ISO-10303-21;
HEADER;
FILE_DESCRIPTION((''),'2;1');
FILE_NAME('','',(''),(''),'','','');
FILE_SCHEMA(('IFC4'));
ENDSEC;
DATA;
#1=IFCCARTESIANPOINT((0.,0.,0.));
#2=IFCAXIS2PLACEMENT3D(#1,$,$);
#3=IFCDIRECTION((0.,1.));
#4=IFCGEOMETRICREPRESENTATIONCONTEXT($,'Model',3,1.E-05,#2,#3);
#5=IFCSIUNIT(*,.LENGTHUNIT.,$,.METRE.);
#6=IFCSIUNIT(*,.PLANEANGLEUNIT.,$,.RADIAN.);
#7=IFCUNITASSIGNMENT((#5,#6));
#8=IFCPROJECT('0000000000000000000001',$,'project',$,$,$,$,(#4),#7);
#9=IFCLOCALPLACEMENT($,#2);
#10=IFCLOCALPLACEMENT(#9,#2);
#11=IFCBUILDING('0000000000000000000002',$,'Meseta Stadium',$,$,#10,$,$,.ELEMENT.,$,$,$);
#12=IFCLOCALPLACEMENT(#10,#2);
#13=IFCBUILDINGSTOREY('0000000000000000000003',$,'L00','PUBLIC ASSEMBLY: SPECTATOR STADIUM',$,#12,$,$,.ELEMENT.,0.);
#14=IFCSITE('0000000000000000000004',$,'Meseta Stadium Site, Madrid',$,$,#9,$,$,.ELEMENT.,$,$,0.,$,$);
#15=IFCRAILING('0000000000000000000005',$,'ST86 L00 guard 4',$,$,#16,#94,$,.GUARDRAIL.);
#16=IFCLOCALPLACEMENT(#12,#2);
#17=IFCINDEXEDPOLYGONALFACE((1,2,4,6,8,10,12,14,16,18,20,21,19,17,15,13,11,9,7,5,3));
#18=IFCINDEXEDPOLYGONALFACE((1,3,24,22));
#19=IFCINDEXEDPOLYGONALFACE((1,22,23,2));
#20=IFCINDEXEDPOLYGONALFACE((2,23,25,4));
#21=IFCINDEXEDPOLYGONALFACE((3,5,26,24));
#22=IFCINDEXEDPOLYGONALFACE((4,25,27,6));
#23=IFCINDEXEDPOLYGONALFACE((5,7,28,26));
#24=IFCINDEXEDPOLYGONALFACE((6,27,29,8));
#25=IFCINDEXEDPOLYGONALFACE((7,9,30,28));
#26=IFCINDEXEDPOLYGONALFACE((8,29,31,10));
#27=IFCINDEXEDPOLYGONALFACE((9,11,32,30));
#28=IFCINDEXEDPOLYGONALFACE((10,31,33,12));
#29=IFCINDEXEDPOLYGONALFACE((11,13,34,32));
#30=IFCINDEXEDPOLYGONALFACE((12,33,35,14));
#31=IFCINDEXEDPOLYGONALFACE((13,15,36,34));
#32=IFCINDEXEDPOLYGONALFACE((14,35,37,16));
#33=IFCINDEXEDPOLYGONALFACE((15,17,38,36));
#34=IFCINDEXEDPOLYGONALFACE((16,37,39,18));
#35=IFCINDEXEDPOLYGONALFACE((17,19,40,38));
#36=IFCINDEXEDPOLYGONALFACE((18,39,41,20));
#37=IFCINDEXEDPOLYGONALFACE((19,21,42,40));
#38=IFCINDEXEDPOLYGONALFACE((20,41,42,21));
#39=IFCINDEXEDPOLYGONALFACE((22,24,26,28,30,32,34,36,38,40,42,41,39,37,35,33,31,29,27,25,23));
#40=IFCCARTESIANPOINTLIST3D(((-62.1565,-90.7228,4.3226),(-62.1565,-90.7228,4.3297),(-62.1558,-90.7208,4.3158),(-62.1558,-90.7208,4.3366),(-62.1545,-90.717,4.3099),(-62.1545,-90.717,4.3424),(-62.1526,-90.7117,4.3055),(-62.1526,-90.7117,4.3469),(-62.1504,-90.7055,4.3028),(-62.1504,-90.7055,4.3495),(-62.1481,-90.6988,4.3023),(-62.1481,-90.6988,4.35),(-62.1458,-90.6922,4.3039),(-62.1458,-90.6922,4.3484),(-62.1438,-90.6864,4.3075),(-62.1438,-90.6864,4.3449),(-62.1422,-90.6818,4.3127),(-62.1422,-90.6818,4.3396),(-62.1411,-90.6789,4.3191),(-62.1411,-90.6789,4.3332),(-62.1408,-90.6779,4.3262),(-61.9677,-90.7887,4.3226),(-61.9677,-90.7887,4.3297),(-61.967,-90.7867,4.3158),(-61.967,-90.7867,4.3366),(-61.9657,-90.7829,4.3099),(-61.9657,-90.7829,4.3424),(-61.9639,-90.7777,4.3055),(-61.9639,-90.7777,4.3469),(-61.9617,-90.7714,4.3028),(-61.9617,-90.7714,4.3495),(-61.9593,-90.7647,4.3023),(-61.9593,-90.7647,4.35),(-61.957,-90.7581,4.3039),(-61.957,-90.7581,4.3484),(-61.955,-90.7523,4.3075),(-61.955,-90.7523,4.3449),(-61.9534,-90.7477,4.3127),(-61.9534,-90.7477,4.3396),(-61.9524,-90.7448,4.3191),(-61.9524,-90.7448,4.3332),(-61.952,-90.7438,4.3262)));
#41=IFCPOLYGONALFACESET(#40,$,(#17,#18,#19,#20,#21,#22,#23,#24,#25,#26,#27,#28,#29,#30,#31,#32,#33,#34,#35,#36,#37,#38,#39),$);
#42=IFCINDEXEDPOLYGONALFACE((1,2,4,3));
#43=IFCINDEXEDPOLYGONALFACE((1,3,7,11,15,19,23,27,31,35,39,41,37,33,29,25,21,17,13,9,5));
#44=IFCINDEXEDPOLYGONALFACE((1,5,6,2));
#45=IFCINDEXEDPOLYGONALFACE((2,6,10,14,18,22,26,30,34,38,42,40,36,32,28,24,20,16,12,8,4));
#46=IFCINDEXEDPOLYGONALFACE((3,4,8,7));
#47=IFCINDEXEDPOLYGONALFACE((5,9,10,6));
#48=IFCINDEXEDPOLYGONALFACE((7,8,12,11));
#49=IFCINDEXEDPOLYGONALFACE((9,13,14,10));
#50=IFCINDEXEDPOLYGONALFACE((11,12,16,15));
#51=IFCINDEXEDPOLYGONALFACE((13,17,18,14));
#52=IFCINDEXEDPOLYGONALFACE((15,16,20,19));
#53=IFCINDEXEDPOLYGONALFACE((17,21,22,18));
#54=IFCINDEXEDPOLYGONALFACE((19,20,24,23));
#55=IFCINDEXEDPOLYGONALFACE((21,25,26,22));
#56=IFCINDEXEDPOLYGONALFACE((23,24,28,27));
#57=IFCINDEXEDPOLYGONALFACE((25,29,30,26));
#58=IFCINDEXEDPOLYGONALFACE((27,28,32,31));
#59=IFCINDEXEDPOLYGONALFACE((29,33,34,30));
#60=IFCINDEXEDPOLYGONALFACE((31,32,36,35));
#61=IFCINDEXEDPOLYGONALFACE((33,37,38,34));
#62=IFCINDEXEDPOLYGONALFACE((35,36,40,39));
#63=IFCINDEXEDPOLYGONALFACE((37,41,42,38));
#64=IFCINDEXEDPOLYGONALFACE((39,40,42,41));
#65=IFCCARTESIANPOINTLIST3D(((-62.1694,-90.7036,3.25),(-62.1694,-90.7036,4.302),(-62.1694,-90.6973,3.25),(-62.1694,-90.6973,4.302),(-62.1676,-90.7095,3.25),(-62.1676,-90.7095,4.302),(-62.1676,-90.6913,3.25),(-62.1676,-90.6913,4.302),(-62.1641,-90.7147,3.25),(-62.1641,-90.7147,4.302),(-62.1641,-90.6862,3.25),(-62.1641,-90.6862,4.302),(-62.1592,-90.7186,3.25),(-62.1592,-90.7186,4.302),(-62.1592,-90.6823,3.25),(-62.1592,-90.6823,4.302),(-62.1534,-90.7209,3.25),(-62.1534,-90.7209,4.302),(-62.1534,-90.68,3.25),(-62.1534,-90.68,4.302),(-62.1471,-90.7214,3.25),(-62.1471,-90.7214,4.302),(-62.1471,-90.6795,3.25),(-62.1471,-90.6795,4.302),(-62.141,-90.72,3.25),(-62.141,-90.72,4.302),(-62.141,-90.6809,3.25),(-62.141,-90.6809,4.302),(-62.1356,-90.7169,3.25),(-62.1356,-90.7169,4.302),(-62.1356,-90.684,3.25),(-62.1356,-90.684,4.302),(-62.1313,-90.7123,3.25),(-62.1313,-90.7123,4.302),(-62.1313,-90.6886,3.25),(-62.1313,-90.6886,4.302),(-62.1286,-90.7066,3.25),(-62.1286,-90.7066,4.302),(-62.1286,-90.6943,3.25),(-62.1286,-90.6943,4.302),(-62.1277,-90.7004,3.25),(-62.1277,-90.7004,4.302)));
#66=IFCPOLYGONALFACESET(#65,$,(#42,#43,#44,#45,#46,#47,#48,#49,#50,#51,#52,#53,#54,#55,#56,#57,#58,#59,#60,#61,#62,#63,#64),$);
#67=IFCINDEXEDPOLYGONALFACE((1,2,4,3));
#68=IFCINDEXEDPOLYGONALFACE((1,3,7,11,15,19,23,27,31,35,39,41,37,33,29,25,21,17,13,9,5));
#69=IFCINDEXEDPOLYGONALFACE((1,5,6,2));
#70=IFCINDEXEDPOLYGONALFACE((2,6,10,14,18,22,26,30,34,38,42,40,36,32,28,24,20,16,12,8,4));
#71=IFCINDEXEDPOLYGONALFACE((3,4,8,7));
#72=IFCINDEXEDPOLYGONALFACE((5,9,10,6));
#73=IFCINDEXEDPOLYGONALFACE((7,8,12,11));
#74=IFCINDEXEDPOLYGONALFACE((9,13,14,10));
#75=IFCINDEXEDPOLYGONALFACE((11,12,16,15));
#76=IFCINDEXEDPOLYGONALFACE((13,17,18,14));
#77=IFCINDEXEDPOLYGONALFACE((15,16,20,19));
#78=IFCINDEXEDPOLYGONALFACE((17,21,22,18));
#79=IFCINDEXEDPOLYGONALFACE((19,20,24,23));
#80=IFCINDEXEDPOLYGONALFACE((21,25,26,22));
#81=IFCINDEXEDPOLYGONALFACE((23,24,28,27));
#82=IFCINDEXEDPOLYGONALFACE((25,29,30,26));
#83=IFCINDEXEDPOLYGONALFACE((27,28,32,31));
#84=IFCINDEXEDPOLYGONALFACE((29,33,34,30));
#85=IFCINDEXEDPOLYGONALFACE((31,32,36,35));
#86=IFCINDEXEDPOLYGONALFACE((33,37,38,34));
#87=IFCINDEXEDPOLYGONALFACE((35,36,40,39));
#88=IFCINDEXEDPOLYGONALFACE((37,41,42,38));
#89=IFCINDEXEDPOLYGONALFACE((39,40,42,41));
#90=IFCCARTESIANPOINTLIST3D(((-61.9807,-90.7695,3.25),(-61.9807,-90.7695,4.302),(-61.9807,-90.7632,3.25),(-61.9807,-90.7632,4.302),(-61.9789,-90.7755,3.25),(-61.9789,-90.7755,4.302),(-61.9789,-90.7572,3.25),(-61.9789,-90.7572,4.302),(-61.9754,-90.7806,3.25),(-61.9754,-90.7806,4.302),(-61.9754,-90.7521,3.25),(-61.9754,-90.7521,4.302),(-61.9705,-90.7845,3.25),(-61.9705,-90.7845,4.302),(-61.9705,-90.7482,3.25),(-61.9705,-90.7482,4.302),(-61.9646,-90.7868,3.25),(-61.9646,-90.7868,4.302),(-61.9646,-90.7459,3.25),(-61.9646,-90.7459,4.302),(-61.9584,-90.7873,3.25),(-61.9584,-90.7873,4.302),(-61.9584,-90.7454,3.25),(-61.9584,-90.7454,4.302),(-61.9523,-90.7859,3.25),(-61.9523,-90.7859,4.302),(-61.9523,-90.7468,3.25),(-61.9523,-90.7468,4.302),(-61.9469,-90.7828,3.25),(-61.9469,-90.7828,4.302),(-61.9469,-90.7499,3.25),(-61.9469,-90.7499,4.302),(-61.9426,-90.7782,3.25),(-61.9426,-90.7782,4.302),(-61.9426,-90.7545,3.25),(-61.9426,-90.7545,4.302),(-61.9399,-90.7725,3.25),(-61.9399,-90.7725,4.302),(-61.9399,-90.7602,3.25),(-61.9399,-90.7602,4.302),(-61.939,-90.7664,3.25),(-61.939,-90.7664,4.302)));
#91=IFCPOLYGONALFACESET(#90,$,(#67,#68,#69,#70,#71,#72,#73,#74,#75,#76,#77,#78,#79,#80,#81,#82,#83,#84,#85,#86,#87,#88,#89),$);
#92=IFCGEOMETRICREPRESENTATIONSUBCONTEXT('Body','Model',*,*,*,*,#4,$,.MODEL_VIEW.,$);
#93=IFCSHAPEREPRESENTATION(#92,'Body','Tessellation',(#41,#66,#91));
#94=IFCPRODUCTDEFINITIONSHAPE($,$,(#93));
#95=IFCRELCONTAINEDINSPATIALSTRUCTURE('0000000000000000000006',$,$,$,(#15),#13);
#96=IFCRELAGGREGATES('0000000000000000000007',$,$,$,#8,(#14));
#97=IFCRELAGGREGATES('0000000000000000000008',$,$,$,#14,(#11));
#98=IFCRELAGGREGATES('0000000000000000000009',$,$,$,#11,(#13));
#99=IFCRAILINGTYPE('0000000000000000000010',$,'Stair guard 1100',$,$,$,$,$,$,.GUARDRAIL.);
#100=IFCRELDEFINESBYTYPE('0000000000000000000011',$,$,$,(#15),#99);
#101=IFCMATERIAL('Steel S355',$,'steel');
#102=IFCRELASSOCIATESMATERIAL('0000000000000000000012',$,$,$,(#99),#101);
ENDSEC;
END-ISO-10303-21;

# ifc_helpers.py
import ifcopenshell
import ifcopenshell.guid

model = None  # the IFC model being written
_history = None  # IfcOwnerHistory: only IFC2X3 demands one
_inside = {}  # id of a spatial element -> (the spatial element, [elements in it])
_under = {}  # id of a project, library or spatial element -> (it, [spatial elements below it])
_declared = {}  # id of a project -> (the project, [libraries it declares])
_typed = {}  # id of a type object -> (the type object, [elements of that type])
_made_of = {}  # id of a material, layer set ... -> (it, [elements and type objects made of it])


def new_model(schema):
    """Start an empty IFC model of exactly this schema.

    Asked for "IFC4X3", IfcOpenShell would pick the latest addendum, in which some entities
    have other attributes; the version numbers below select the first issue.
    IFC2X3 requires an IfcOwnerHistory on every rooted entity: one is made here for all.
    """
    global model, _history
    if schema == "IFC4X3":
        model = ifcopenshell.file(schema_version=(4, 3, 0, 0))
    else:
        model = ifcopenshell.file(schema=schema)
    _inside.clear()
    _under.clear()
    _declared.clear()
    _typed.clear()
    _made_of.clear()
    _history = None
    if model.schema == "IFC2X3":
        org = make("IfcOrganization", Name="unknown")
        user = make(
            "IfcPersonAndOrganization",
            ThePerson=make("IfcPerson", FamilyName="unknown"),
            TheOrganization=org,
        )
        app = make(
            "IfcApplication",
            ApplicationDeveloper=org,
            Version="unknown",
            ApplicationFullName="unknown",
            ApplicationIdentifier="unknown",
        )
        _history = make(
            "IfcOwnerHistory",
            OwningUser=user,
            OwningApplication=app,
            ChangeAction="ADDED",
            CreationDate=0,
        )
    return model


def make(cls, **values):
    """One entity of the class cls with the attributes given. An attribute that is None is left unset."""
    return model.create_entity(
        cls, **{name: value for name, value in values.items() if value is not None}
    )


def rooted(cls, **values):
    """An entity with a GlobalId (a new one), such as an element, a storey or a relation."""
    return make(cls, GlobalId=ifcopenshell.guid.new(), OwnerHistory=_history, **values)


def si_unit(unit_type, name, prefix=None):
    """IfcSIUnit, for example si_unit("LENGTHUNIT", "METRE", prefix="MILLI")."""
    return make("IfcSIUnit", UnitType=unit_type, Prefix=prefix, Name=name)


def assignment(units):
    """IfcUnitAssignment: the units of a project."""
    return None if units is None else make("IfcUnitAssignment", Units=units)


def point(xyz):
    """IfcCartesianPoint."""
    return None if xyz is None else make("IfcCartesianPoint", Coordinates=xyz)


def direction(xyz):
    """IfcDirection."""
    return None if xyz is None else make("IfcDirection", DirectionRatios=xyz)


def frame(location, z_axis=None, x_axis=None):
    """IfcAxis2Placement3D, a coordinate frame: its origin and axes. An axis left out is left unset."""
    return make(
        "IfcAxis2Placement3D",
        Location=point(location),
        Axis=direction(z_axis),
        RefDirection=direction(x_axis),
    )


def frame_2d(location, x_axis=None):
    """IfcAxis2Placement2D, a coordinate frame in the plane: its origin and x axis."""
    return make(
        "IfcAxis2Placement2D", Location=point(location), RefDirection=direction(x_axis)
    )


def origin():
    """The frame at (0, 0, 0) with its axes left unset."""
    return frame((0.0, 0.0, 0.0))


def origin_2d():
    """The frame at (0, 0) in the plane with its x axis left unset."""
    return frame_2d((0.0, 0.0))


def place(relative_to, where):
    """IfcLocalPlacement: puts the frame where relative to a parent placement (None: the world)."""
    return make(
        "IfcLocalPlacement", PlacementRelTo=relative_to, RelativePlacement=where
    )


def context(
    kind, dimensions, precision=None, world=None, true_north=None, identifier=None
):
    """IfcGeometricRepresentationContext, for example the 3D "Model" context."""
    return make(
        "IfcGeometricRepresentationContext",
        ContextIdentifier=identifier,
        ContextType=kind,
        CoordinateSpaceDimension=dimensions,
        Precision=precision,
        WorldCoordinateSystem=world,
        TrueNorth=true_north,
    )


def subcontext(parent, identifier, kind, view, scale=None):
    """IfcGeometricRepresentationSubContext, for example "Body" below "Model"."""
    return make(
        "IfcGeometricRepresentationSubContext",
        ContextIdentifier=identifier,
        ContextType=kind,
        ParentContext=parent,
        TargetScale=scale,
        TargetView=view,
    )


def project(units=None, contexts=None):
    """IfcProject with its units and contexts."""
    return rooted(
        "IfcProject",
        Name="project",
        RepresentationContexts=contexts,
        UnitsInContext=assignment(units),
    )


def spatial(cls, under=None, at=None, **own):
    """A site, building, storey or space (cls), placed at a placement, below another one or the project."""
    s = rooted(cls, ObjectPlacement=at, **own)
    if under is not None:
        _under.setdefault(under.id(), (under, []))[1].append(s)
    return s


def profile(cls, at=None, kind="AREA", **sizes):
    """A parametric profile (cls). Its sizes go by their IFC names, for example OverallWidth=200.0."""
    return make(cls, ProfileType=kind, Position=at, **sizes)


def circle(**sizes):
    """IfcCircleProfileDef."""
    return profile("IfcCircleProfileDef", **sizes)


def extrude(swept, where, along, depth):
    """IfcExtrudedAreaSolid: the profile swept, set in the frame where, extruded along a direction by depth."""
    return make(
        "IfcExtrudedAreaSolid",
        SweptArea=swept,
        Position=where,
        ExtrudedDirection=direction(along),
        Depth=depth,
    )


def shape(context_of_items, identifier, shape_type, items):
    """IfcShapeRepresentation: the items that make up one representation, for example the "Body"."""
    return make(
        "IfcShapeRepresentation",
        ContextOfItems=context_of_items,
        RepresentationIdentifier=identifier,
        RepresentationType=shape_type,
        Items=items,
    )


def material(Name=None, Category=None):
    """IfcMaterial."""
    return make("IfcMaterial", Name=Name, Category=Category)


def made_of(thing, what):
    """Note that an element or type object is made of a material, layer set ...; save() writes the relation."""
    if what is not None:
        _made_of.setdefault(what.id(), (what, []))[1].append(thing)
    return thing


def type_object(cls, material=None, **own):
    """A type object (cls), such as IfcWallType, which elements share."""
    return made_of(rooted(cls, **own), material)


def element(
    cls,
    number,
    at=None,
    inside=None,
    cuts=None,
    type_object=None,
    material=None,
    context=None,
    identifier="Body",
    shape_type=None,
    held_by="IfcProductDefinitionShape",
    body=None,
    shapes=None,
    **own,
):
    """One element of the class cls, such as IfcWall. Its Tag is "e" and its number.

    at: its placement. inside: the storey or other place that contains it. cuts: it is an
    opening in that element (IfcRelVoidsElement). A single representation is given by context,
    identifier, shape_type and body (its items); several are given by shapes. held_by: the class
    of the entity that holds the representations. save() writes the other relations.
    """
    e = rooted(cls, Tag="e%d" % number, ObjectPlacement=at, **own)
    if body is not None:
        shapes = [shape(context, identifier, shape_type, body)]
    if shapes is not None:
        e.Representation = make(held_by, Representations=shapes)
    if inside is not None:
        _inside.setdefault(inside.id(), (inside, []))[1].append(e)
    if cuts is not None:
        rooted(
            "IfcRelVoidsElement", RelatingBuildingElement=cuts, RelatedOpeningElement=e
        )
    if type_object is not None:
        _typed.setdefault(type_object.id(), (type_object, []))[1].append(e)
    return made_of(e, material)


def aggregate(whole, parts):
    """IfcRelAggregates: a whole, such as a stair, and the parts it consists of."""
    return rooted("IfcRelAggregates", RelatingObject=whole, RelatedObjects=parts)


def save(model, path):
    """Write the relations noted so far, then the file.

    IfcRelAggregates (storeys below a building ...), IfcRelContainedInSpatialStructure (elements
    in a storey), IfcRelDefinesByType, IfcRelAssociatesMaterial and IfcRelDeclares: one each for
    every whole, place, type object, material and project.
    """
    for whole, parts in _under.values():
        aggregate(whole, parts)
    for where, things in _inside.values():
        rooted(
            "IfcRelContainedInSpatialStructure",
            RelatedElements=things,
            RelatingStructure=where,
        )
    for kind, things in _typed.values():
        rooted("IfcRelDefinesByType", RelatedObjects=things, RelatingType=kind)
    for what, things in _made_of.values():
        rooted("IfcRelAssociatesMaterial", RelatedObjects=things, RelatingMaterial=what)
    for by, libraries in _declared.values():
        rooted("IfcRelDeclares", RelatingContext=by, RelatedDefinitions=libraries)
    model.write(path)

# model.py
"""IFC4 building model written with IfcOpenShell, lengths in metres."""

from ifc_helpers import new_model, si_unit, direction, frame, origin, origin_2d, place, context, subcontext, project, spatial, circle, extrude, material, type_object, element, save


model = new_model("IFC4")

# Units and contexts
model_context = context("Model", 3, precision=1e-05, world=origin(), true_north=direction((0.0, 1.0)))
body_context = subcontext(model_context, "Body", "Model", "MODEL_VIEW")
ifc_project = project(units=[si_unit("LENGTHUNIT", "METRE"), si_unit("PLANEANGLEUNIT", "RADIAN")], contexts=[model_context])

# Site, building, storey
site_placement = place(None, origin())
site = spatial("IfcSite", under=ifc_project, at=site_placement, Name="Meseta Stadium Site, Madrid", CompositionType="ELEMENT", RefElevation=0.0)
building_placement = place(site_placement, origin())
building = spatial("IfcBuilding", under=site, at=building_placement, Name="Meseta Stadium", CompositionType="ELEMENT")
storey_placement = place(building_placement, origin())
storey = spatial("IfcBuildingStorey", under=building, at=storey_placement, Name="L00", Description="PUBLIC ASSEMBLY: SPECTATOR STADIUM", CompositionType="ELEMENT", Elevation=0.0)

# Railing
ifc_material_1 = material(Name="Steel S355", Category="steel")
railing_type_1 = type_object("IfcRailingType", Name="Stair guard 1100", PredefinedType="GUARDRAIL", material=ifc_material_1)
railing_1_placement = place(storey_placement, frame((-62.1487, -90.7004, 3.25)))
element("IfcRailing", 1, at=railing_1_placement, inside=storey, type_object=railing_type_1, Name="ST86 L00 guard 4", PredefinedType="GUARDRAIL", context=body_context, shape_type="SweptSolid", body=[
    extrude(circle(Radius=0.0239, at=origin_2d()), frame((0.0, 0.0, 1.0762), z_axis=(0.944068, -0.329752, 0.0), x_axis=(0.329752, 0.944068, 0.0)), (0.0, 0.0, 1.0), 0.2),
    extrude(circle(Radius=0.021, at=origin_2d()), origin(), (0.0, 0.0, 1.0), 1.052),
    extrude(circle(Radius=0.021, at=origin_2d()), frame((0.1887, -0.0659, 0.0)), (0.0, 0.0, 1.0), 1.052),
])

save(model, "model.ifc")
